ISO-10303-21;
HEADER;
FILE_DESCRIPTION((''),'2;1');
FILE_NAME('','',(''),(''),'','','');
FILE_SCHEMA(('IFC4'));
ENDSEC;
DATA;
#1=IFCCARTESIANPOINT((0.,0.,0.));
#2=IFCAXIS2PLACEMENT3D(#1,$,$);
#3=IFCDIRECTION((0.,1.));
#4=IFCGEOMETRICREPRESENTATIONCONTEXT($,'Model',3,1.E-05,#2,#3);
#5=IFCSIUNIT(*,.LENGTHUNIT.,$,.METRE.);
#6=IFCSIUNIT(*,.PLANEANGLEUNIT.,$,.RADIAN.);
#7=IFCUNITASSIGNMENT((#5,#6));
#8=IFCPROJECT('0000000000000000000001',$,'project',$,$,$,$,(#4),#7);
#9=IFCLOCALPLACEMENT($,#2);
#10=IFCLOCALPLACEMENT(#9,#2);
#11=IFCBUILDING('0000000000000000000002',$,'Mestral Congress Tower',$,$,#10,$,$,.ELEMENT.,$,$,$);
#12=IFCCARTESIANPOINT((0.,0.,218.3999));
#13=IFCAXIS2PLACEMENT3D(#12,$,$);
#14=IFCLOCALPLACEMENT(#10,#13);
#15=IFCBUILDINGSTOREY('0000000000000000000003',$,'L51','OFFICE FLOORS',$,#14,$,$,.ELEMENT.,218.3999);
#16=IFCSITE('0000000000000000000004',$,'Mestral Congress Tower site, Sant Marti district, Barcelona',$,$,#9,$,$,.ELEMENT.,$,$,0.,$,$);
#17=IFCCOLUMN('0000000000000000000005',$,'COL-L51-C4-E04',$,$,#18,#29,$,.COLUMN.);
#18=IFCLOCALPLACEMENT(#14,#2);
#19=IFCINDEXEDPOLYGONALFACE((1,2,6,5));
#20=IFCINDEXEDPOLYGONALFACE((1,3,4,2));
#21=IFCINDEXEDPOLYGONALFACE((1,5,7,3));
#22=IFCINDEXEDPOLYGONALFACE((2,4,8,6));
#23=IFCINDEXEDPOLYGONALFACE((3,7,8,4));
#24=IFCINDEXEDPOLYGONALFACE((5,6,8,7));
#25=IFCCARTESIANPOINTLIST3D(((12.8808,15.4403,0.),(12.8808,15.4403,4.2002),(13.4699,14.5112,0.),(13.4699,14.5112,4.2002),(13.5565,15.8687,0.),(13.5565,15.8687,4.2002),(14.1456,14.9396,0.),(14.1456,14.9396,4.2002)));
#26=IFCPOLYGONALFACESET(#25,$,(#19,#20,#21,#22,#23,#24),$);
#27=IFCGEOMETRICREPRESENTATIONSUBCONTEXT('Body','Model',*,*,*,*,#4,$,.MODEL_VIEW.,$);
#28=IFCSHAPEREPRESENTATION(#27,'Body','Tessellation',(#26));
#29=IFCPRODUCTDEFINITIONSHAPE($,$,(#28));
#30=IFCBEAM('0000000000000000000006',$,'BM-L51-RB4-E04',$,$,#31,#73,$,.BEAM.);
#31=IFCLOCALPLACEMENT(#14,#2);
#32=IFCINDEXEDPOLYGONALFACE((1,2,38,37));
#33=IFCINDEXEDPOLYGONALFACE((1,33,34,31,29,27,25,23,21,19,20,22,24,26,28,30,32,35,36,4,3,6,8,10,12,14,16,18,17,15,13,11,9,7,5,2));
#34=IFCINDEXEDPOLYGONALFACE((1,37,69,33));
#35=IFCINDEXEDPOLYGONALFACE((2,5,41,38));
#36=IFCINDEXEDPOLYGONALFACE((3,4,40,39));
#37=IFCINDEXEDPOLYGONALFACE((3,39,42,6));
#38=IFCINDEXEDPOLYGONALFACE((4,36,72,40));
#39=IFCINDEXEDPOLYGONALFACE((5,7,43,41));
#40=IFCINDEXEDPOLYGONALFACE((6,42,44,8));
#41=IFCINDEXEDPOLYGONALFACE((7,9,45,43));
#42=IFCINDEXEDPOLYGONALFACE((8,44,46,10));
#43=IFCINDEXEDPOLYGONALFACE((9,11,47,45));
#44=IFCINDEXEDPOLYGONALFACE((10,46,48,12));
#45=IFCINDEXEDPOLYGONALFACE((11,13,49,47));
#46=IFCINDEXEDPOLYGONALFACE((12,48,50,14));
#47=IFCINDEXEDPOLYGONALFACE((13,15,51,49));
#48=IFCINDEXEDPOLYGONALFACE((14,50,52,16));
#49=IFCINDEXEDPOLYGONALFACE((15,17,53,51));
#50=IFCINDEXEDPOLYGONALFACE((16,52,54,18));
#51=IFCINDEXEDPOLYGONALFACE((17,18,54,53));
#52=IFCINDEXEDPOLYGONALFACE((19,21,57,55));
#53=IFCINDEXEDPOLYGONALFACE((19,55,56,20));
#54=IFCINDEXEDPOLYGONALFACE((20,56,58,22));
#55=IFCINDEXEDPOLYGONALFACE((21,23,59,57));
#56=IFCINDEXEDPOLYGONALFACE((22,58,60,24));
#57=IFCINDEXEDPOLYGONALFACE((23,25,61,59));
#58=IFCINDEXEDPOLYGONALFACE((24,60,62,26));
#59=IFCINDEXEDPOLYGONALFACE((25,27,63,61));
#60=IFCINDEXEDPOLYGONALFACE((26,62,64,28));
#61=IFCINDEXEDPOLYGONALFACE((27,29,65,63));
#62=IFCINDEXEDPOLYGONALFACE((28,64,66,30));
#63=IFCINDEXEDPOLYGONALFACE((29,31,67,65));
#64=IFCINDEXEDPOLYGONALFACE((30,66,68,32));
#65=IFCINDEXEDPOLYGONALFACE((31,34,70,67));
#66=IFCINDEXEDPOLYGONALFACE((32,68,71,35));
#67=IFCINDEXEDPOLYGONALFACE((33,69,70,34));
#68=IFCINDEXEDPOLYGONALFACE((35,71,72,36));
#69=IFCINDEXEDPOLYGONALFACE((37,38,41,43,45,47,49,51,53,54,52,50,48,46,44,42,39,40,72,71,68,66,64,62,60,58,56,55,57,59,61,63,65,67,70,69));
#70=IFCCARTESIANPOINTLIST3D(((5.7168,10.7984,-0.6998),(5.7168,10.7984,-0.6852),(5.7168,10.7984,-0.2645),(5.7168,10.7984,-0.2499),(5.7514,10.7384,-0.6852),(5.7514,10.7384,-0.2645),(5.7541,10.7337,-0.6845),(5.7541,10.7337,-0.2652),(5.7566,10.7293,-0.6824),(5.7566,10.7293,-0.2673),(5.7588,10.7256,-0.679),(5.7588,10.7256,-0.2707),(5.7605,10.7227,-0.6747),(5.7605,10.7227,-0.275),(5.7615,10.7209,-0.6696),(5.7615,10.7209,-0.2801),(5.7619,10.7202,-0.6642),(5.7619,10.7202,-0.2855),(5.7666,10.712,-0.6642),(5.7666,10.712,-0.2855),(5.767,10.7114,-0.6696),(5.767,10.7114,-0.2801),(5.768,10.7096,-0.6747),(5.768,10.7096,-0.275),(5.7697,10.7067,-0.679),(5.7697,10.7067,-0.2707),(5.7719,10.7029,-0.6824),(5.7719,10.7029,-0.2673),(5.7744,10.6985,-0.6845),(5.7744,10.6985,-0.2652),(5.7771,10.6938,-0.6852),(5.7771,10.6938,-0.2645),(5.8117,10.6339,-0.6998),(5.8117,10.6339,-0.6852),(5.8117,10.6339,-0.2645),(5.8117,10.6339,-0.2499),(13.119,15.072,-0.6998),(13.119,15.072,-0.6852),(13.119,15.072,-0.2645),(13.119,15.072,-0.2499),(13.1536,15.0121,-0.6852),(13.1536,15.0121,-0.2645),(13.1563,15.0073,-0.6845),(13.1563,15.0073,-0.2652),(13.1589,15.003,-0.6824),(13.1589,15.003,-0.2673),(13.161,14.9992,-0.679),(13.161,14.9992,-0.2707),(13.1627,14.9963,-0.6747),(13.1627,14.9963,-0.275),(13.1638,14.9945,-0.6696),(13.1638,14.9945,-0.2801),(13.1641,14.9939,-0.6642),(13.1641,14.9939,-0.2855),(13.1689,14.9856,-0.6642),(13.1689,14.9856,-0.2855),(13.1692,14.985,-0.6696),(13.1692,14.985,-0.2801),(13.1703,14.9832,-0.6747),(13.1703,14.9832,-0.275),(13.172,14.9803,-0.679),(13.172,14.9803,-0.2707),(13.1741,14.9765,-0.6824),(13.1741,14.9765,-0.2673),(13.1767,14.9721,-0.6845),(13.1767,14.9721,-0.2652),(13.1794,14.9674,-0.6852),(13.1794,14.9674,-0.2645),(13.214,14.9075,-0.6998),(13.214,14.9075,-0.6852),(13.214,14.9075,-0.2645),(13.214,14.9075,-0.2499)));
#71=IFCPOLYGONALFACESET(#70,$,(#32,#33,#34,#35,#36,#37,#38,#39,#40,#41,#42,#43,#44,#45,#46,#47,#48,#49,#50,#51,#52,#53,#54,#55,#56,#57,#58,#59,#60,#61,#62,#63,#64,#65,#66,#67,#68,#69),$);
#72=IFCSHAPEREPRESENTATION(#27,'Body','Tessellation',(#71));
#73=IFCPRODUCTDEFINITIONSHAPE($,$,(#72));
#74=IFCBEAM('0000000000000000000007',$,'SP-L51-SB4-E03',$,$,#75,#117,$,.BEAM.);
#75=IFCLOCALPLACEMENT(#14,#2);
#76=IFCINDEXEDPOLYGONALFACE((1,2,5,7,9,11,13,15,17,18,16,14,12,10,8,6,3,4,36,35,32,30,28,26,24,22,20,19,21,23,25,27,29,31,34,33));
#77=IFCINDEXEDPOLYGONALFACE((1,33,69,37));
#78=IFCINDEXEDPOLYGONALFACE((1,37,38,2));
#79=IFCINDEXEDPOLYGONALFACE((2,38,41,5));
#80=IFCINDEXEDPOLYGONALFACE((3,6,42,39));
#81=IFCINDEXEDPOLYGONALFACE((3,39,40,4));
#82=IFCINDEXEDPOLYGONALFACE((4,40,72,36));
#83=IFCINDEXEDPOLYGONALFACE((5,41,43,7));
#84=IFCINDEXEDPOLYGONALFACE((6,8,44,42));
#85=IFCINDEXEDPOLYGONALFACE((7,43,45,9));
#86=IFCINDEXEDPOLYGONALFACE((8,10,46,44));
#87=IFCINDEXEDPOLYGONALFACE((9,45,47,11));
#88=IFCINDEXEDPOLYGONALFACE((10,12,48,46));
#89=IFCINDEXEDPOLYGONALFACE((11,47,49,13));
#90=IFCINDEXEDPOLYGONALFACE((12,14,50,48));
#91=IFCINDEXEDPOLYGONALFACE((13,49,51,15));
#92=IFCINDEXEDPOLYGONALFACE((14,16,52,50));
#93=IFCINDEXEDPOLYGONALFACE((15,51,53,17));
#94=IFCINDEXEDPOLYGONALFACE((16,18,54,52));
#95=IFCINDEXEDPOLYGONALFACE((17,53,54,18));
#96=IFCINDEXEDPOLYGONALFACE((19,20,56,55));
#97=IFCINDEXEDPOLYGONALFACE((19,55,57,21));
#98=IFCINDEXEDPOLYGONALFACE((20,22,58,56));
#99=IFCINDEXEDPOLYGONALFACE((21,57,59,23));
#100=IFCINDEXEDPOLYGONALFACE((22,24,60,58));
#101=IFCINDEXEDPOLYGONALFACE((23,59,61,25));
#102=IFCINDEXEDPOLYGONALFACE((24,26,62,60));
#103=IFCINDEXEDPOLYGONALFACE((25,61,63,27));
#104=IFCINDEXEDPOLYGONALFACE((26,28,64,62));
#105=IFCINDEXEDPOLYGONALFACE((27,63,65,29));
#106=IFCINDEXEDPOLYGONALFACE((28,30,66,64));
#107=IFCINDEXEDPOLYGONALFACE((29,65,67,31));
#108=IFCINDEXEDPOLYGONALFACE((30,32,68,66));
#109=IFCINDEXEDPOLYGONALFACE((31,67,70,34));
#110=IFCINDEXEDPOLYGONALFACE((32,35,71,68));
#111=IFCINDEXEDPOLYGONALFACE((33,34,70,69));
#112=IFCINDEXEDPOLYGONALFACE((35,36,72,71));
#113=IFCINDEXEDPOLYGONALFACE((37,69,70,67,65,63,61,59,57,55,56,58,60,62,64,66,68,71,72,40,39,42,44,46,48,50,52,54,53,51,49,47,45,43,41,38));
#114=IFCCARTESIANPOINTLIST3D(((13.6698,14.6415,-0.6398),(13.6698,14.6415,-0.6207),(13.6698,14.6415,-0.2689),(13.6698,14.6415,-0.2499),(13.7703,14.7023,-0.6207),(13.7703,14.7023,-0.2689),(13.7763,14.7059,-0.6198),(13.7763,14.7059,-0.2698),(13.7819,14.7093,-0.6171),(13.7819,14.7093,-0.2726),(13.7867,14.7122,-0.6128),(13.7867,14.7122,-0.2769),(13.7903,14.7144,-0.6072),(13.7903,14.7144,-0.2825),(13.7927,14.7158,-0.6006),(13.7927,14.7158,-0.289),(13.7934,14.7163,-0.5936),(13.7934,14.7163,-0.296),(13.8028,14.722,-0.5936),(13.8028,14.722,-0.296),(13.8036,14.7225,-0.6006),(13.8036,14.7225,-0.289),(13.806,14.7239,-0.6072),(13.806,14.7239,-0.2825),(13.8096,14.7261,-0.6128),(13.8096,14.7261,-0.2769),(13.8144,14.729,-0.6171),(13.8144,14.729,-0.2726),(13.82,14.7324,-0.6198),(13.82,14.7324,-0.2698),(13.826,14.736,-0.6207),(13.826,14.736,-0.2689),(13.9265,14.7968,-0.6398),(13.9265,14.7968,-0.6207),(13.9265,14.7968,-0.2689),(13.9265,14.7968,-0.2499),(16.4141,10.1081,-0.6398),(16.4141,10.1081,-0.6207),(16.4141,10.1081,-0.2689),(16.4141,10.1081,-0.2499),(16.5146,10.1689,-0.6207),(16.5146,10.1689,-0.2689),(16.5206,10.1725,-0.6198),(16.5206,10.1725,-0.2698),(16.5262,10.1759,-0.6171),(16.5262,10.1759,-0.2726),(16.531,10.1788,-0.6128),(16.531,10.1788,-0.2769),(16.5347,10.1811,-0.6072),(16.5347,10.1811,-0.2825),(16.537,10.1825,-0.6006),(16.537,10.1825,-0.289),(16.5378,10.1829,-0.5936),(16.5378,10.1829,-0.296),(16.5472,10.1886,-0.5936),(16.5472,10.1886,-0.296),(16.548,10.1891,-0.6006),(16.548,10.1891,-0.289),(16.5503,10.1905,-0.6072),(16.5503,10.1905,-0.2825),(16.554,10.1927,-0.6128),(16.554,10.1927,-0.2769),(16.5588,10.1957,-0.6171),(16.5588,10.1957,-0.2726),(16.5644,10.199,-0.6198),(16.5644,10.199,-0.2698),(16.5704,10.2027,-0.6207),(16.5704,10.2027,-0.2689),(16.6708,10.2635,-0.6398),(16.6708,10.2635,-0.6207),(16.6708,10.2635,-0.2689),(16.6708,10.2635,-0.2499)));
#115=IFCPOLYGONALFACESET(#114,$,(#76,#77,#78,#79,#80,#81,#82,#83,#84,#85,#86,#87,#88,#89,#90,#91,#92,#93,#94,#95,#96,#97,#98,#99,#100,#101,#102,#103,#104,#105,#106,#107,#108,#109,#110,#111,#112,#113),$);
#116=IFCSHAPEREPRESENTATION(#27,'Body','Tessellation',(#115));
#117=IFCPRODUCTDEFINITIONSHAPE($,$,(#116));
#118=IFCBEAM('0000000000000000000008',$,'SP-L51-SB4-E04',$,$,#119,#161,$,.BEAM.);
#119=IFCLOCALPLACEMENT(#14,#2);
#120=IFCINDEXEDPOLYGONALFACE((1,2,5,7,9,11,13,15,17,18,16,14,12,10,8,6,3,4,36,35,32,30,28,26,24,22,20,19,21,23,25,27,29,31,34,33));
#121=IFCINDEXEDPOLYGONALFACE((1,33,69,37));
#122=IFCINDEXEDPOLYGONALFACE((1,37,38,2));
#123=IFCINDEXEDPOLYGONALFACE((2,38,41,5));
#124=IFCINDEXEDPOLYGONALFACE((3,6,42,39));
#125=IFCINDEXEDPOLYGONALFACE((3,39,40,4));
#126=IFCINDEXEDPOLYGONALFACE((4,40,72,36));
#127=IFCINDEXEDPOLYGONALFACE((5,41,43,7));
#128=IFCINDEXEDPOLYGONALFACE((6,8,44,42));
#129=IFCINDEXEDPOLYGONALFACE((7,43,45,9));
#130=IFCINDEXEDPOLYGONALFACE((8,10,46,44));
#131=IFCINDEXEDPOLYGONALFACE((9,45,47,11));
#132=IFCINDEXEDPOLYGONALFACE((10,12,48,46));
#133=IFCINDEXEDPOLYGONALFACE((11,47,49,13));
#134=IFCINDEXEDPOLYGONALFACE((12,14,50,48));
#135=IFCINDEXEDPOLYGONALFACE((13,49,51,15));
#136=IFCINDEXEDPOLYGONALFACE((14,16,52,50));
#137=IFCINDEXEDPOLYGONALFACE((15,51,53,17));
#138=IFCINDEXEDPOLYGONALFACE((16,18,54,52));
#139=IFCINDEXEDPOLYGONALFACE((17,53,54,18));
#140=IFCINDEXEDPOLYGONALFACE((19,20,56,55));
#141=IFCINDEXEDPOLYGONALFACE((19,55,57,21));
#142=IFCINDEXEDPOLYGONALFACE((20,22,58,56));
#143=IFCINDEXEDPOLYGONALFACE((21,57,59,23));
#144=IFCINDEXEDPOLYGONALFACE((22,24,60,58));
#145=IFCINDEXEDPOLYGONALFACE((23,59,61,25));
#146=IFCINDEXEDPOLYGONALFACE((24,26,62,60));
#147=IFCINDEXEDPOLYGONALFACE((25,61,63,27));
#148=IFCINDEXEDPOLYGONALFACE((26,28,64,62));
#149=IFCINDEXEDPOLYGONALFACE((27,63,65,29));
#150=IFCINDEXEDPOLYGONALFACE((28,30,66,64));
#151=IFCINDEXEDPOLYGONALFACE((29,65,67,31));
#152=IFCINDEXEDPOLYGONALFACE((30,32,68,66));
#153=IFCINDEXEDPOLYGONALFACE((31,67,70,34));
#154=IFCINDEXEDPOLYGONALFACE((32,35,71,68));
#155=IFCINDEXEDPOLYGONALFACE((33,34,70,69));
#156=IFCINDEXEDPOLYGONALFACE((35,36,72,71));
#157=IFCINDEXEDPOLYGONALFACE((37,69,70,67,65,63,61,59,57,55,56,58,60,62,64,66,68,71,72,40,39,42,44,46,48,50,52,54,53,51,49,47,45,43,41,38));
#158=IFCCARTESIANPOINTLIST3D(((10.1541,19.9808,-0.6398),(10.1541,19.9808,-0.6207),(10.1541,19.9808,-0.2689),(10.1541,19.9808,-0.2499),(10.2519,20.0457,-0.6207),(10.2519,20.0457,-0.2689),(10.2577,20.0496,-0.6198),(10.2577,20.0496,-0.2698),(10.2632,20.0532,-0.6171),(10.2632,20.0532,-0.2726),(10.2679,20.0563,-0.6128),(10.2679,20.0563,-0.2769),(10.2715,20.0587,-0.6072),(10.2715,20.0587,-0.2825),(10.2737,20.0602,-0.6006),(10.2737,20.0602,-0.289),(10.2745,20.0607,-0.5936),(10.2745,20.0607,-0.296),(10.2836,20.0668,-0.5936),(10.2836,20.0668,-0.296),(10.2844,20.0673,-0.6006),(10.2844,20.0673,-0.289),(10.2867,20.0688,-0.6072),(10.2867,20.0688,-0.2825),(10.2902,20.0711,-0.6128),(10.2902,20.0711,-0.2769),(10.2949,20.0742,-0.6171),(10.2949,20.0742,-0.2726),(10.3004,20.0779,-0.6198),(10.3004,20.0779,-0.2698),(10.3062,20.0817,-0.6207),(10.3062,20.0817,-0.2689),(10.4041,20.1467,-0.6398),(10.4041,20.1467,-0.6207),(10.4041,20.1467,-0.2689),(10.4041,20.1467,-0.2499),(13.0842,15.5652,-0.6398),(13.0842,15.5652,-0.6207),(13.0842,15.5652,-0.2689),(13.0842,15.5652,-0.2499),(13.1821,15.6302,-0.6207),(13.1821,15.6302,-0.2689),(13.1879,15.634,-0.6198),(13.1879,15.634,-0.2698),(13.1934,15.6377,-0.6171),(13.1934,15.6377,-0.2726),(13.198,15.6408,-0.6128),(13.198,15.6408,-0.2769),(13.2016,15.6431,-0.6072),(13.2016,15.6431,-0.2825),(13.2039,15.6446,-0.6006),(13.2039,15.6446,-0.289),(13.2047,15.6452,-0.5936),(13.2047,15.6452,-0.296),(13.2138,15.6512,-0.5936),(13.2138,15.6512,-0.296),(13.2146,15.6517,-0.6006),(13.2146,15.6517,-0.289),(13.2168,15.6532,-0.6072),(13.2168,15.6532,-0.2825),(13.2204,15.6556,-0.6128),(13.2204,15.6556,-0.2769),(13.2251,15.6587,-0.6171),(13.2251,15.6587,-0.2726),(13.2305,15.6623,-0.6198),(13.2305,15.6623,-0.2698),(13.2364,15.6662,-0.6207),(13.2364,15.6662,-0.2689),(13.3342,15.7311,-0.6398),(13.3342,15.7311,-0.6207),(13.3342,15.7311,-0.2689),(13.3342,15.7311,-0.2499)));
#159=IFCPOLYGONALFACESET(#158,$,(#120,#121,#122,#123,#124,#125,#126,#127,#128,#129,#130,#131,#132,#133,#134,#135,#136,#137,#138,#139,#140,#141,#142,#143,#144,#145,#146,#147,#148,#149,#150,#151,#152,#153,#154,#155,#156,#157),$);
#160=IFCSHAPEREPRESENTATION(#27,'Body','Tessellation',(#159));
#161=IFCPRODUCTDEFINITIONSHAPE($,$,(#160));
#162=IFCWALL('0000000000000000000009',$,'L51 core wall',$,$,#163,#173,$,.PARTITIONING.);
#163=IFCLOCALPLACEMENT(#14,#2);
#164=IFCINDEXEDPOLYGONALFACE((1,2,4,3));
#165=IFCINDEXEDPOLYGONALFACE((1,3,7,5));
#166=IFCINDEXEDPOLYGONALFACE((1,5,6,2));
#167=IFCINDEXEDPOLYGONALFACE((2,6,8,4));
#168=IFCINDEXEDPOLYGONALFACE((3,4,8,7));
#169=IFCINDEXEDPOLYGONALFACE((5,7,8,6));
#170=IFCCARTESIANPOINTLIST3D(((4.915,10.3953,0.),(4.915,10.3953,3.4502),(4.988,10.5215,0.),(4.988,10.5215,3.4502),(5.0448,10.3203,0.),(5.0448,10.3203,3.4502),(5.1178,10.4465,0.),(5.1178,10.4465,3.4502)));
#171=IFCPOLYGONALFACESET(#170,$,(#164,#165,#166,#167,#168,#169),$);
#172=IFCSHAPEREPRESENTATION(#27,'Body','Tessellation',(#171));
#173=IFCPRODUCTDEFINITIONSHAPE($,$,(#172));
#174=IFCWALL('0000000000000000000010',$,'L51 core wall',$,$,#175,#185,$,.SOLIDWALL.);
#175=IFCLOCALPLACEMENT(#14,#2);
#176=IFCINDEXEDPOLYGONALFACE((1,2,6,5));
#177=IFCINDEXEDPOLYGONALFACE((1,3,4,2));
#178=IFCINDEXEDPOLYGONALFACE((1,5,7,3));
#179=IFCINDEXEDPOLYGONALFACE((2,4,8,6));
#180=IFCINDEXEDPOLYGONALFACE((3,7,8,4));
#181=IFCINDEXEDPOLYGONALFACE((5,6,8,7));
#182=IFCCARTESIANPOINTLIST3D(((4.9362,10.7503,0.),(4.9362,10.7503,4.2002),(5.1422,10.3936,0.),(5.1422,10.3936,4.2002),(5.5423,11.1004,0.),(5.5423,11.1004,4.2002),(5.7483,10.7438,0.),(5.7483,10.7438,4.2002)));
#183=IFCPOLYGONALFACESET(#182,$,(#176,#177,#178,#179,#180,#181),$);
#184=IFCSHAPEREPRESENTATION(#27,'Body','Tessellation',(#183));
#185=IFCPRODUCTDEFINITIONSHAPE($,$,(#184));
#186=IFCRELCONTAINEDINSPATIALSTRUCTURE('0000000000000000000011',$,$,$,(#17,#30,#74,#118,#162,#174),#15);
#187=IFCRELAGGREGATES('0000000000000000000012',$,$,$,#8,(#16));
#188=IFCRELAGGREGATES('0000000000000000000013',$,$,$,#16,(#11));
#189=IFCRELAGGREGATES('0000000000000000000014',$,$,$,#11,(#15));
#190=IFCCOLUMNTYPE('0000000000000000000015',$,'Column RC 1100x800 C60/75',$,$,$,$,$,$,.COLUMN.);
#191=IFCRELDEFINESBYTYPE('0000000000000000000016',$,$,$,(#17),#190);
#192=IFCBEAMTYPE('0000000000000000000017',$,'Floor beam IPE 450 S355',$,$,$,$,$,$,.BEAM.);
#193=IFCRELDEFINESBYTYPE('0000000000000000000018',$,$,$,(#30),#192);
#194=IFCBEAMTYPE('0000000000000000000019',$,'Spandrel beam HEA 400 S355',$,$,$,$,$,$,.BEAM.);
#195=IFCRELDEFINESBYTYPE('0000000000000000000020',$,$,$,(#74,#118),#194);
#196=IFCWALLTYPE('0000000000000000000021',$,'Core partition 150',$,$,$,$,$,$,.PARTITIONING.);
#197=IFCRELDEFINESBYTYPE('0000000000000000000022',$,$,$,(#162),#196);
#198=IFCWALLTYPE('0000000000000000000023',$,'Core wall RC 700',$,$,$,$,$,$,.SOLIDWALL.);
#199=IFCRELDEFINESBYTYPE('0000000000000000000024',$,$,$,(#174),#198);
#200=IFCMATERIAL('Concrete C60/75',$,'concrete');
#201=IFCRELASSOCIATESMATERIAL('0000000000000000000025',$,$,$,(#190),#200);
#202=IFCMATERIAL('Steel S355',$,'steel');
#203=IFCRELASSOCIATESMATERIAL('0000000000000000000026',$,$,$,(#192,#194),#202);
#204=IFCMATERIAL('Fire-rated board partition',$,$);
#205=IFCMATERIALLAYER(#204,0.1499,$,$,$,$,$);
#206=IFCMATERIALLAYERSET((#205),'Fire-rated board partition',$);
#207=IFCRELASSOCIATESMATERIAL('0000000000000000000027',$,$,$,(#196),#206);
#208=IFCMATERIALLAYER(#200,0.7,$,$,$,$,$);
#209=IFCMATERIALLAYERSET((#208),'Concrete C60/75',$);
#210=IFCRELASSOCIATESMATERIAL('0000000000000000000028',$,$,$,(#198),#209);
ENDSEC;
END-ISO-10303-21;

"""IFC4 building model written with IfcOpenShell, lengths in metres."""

from ifc_helpers import new_model, si_unit, direction, frame, frame_2d, origin, origin_2d, place, context, subcontext, project, spatial, rectangle, i_section, extrude, material, layer, layer_set, material_profile, profile_set, type_object, element, save


model = new_model("IFC4")

# Units and contexts
model_context = context("Model", 3, precision=1e-05, world=origin(), true_north=direction((0.0, 1.0)))
body_context = subcontext(model_context, "Body", "Model", "MODEL_VIEW")
ifc_project = project(units=[si_unit("LENGTHUNIT", "METRE"), si_unit("PLANEANGLEUNIT", "RADIAN")], contexts=[model_context])

# Site, building, storey
site_placement = place(None, origin())
site = spatial("IfcSite", under=ifc_project, at=site_placement, Name="Mestral Congress Tower site, Sant Marti district, Barcelona", CompositionType="ELEMENT", RefElevation=0.0)
building_placement = place(site_placement, origin())
building = spatial("IfcBuilding", under=site, at=building_placement, Name="Mestral Congress Tower", CompositionType="ELEMENT")
storey_placement = place(building_placement, frame((0.0, 0.0, 218.3999)))
storey = spatial("IfcBuildingStorey", under=building, at=storey_placement, Name="L51", Description="OFFICE FLOORS", CompositionType="ELEMENT", Elevation=218.3999)

# Column
ifc_material_1 = material(Name="Concrete C60/75", Category="concrete")
ifc_material_profile_1 = material_profile(ifc_material_1, rectangle(XDim=1.1001, YDim=0.8, at=origin_2d()), Name="RC 1100x800")
ifc_profile_set_1 = profile_set([ifc_material_profile_1], Name="Concrete C60/75")
column_type = type_object("IfcColumnType", Name="Column RC 1100x800 C60/75", PredefinedType="COLUMN", material=ifc_profile_set_1)
column_placement = place(storey_placement, frame((13.5132, 15.1899, 0.0), z_axis=(0.0, 0.0, 1.0), x_axis=(-0.535503, 0.844534, 0.0)))
element("IfcColumn", 1, at=column_placement, inside=storey, type_object=column_type, Name="COL-L51-C4-E04", PredefinedType="COLUMN", context=body_context, shape_type="SweptSolid", body=[
    extrude(rectangle(XDim=1.1001, YDim=0.8, at=origin_2d()), origin(), (0.0, 0.0, 1.0), 4.2002),
])

# Beams
ifc_material_2 = material(Name="Steel S355", Category="steel")
ifc_material_profile_2 = material_profile(ifc_material_2, i_section(OverallWidth=0.1899, OverallDepth=0.45, WebThickness=0.0095, FlangeThickness=0.0146, FilletRadius=0.021, at=origin_2d()), Name="IPE 450")
ifc_profile_set_2 = profile_set([ifc_material_profile_2], Name="Steel S355")
beam_type_1 = type_object("IfcBeamType", Name="Floor beam IPE 450 S355", PredefinedType="BEAM", material=ifc_profile_set_2)
beam_placement = place(storey_placement, frame((13.1665, 14.9897, -0.4749), z_axis=(-0.866029, -0.499994, 0.0), x_axis=(0.499994, -0.866029, 0.0)))
element("IfcBeam", 2, at=beam_placement, inside=storey, type_object=beam_type_1, Name="BM-L51-RB4-E04", PredefinedType="BEAM", context=body_context, shape_type="SweptSolid", body=[
    extrude(i_section(OverallWidth=0.1899, OverallDepth=0.45, WebThickness=0.0095, FlangeThickness=0.0146, FilletRadius=0.021, at=origin_2d()), origin(), (0.0, 0.0, 1.0), 8.5474),
])
ifc_material_profile_3 = material_profile(ifc_material_2, i_section(OverallWidth=0.3, OverallDepth=0.3899, WebThickness=0.011, FlangeThickness=0.019, FilletRadius=0.0271, at=origin_2d()), Name="HEA 400")
ifc_profile_set_3 = profile_set([ifc_material_profile_3], Name="Steel S355")
beam_type_2 = type_object("IfcBeamType", Name="Spandrel beam HEA 400 S355", PredefinedType="BEAM", material=ifc_profile_set_3)
for number, where, z_axis, x_axis, name in (
    (3, (16.5425, 10.1858, -0.4448), (-0.517866, 0.855462, 0.0), (-0.855462, -0.517866, 0.0), "SP-L51-SB4-E03"),
    (4, (13.2092, 15.6482, -0.4448), (-0.552934, 0.833225, 0.0), (-0.833225, -0.552934, 0.0), "SP-L51-SB4-E04"),
):
    element("IfcBeam", number, at=place(storey_placement, frame(where, z_axis=z_axis, x_axis=x_axis)), inside=storey, type_object=beam_type_2, Name=name, PredefinedType="BEAM", context=body_context, shape_type="SweptSolid", body=[
        extrude(i_section(OverallWidth=0.3, OverallDepth=0.3899, WebThickness=0.011, FlangeThickness=0.019, FilletRadius=0.0271, at=origin_2d()), origin(), (0.0, 0.0, 1.0), 5.2993),
    ])

# Walls
ifc_material_3 = material(Name="Fire-rated board partition")
ifc_layer_1 = layer(ifc_material_3, 0.1499)
ifc_layer_set_1 = layer_set([ifc_layer_1], Name="Fire-rated board partition")
wall_type_1 = type_object("IfcWallType", Name="Core partition 150", PredefinedType="PARTITIONING", material=ifc_layer_set_1)
wall_1_placement = place(storey_placement, frame((4.98, 10.3579, 0.0), z_axis=(0.0, 0.0, 1.0), x_axis=(0.50064, 0.865655, 0.0)))
element("IfcWall", 5, at=wall_1_placement, inside=storey, type_object=wall_type_1, Name="L51 core wall", PredefinedType="PARTITIONING", context=body_context, shape_type="SweptSolid", body=[
    extrude(rectangle(XDim=0.1458, YDim=0.1499, at=frame_2d((0.0728, 0.0))), origin(), (0.0, 0.0, 1.0), 3.4502),
])
ifc_layer_2 = layer(ifc_material_1, 0.7)
ifc_layer_set_2 = layer_set([ifc_layer_2], Name="Concrete C60/75")
wall_type_2 = type_object("IfcWallType", Name="Core wall RC 700", PredefinedType="SOLIDWALL", material=ifc_layer_set_2)
wall_2_placement = place(storey_placement, frame((5.4453, 10.5686, 0.0), z_axis=(0.0, 0.0, 1.0), x_axis=(-0.500218, 0.865899, 0.0)))
element("IfcWall", 6, at=wall_2_placement, inside=storey, type_object=wall_type_2, Name="L51 core wall", PredefinedType="SOLIDWALL", context=body_context, shape_type="SweptSolid", body=[
    extrude(rectangle(XDim=0.4119, YDim=0.7, at=frame_2d((0.2061, 0.0))), origin(), (0.0, 0.0, 1.0), 4.2002),
])

save(model, "model.ifc")
